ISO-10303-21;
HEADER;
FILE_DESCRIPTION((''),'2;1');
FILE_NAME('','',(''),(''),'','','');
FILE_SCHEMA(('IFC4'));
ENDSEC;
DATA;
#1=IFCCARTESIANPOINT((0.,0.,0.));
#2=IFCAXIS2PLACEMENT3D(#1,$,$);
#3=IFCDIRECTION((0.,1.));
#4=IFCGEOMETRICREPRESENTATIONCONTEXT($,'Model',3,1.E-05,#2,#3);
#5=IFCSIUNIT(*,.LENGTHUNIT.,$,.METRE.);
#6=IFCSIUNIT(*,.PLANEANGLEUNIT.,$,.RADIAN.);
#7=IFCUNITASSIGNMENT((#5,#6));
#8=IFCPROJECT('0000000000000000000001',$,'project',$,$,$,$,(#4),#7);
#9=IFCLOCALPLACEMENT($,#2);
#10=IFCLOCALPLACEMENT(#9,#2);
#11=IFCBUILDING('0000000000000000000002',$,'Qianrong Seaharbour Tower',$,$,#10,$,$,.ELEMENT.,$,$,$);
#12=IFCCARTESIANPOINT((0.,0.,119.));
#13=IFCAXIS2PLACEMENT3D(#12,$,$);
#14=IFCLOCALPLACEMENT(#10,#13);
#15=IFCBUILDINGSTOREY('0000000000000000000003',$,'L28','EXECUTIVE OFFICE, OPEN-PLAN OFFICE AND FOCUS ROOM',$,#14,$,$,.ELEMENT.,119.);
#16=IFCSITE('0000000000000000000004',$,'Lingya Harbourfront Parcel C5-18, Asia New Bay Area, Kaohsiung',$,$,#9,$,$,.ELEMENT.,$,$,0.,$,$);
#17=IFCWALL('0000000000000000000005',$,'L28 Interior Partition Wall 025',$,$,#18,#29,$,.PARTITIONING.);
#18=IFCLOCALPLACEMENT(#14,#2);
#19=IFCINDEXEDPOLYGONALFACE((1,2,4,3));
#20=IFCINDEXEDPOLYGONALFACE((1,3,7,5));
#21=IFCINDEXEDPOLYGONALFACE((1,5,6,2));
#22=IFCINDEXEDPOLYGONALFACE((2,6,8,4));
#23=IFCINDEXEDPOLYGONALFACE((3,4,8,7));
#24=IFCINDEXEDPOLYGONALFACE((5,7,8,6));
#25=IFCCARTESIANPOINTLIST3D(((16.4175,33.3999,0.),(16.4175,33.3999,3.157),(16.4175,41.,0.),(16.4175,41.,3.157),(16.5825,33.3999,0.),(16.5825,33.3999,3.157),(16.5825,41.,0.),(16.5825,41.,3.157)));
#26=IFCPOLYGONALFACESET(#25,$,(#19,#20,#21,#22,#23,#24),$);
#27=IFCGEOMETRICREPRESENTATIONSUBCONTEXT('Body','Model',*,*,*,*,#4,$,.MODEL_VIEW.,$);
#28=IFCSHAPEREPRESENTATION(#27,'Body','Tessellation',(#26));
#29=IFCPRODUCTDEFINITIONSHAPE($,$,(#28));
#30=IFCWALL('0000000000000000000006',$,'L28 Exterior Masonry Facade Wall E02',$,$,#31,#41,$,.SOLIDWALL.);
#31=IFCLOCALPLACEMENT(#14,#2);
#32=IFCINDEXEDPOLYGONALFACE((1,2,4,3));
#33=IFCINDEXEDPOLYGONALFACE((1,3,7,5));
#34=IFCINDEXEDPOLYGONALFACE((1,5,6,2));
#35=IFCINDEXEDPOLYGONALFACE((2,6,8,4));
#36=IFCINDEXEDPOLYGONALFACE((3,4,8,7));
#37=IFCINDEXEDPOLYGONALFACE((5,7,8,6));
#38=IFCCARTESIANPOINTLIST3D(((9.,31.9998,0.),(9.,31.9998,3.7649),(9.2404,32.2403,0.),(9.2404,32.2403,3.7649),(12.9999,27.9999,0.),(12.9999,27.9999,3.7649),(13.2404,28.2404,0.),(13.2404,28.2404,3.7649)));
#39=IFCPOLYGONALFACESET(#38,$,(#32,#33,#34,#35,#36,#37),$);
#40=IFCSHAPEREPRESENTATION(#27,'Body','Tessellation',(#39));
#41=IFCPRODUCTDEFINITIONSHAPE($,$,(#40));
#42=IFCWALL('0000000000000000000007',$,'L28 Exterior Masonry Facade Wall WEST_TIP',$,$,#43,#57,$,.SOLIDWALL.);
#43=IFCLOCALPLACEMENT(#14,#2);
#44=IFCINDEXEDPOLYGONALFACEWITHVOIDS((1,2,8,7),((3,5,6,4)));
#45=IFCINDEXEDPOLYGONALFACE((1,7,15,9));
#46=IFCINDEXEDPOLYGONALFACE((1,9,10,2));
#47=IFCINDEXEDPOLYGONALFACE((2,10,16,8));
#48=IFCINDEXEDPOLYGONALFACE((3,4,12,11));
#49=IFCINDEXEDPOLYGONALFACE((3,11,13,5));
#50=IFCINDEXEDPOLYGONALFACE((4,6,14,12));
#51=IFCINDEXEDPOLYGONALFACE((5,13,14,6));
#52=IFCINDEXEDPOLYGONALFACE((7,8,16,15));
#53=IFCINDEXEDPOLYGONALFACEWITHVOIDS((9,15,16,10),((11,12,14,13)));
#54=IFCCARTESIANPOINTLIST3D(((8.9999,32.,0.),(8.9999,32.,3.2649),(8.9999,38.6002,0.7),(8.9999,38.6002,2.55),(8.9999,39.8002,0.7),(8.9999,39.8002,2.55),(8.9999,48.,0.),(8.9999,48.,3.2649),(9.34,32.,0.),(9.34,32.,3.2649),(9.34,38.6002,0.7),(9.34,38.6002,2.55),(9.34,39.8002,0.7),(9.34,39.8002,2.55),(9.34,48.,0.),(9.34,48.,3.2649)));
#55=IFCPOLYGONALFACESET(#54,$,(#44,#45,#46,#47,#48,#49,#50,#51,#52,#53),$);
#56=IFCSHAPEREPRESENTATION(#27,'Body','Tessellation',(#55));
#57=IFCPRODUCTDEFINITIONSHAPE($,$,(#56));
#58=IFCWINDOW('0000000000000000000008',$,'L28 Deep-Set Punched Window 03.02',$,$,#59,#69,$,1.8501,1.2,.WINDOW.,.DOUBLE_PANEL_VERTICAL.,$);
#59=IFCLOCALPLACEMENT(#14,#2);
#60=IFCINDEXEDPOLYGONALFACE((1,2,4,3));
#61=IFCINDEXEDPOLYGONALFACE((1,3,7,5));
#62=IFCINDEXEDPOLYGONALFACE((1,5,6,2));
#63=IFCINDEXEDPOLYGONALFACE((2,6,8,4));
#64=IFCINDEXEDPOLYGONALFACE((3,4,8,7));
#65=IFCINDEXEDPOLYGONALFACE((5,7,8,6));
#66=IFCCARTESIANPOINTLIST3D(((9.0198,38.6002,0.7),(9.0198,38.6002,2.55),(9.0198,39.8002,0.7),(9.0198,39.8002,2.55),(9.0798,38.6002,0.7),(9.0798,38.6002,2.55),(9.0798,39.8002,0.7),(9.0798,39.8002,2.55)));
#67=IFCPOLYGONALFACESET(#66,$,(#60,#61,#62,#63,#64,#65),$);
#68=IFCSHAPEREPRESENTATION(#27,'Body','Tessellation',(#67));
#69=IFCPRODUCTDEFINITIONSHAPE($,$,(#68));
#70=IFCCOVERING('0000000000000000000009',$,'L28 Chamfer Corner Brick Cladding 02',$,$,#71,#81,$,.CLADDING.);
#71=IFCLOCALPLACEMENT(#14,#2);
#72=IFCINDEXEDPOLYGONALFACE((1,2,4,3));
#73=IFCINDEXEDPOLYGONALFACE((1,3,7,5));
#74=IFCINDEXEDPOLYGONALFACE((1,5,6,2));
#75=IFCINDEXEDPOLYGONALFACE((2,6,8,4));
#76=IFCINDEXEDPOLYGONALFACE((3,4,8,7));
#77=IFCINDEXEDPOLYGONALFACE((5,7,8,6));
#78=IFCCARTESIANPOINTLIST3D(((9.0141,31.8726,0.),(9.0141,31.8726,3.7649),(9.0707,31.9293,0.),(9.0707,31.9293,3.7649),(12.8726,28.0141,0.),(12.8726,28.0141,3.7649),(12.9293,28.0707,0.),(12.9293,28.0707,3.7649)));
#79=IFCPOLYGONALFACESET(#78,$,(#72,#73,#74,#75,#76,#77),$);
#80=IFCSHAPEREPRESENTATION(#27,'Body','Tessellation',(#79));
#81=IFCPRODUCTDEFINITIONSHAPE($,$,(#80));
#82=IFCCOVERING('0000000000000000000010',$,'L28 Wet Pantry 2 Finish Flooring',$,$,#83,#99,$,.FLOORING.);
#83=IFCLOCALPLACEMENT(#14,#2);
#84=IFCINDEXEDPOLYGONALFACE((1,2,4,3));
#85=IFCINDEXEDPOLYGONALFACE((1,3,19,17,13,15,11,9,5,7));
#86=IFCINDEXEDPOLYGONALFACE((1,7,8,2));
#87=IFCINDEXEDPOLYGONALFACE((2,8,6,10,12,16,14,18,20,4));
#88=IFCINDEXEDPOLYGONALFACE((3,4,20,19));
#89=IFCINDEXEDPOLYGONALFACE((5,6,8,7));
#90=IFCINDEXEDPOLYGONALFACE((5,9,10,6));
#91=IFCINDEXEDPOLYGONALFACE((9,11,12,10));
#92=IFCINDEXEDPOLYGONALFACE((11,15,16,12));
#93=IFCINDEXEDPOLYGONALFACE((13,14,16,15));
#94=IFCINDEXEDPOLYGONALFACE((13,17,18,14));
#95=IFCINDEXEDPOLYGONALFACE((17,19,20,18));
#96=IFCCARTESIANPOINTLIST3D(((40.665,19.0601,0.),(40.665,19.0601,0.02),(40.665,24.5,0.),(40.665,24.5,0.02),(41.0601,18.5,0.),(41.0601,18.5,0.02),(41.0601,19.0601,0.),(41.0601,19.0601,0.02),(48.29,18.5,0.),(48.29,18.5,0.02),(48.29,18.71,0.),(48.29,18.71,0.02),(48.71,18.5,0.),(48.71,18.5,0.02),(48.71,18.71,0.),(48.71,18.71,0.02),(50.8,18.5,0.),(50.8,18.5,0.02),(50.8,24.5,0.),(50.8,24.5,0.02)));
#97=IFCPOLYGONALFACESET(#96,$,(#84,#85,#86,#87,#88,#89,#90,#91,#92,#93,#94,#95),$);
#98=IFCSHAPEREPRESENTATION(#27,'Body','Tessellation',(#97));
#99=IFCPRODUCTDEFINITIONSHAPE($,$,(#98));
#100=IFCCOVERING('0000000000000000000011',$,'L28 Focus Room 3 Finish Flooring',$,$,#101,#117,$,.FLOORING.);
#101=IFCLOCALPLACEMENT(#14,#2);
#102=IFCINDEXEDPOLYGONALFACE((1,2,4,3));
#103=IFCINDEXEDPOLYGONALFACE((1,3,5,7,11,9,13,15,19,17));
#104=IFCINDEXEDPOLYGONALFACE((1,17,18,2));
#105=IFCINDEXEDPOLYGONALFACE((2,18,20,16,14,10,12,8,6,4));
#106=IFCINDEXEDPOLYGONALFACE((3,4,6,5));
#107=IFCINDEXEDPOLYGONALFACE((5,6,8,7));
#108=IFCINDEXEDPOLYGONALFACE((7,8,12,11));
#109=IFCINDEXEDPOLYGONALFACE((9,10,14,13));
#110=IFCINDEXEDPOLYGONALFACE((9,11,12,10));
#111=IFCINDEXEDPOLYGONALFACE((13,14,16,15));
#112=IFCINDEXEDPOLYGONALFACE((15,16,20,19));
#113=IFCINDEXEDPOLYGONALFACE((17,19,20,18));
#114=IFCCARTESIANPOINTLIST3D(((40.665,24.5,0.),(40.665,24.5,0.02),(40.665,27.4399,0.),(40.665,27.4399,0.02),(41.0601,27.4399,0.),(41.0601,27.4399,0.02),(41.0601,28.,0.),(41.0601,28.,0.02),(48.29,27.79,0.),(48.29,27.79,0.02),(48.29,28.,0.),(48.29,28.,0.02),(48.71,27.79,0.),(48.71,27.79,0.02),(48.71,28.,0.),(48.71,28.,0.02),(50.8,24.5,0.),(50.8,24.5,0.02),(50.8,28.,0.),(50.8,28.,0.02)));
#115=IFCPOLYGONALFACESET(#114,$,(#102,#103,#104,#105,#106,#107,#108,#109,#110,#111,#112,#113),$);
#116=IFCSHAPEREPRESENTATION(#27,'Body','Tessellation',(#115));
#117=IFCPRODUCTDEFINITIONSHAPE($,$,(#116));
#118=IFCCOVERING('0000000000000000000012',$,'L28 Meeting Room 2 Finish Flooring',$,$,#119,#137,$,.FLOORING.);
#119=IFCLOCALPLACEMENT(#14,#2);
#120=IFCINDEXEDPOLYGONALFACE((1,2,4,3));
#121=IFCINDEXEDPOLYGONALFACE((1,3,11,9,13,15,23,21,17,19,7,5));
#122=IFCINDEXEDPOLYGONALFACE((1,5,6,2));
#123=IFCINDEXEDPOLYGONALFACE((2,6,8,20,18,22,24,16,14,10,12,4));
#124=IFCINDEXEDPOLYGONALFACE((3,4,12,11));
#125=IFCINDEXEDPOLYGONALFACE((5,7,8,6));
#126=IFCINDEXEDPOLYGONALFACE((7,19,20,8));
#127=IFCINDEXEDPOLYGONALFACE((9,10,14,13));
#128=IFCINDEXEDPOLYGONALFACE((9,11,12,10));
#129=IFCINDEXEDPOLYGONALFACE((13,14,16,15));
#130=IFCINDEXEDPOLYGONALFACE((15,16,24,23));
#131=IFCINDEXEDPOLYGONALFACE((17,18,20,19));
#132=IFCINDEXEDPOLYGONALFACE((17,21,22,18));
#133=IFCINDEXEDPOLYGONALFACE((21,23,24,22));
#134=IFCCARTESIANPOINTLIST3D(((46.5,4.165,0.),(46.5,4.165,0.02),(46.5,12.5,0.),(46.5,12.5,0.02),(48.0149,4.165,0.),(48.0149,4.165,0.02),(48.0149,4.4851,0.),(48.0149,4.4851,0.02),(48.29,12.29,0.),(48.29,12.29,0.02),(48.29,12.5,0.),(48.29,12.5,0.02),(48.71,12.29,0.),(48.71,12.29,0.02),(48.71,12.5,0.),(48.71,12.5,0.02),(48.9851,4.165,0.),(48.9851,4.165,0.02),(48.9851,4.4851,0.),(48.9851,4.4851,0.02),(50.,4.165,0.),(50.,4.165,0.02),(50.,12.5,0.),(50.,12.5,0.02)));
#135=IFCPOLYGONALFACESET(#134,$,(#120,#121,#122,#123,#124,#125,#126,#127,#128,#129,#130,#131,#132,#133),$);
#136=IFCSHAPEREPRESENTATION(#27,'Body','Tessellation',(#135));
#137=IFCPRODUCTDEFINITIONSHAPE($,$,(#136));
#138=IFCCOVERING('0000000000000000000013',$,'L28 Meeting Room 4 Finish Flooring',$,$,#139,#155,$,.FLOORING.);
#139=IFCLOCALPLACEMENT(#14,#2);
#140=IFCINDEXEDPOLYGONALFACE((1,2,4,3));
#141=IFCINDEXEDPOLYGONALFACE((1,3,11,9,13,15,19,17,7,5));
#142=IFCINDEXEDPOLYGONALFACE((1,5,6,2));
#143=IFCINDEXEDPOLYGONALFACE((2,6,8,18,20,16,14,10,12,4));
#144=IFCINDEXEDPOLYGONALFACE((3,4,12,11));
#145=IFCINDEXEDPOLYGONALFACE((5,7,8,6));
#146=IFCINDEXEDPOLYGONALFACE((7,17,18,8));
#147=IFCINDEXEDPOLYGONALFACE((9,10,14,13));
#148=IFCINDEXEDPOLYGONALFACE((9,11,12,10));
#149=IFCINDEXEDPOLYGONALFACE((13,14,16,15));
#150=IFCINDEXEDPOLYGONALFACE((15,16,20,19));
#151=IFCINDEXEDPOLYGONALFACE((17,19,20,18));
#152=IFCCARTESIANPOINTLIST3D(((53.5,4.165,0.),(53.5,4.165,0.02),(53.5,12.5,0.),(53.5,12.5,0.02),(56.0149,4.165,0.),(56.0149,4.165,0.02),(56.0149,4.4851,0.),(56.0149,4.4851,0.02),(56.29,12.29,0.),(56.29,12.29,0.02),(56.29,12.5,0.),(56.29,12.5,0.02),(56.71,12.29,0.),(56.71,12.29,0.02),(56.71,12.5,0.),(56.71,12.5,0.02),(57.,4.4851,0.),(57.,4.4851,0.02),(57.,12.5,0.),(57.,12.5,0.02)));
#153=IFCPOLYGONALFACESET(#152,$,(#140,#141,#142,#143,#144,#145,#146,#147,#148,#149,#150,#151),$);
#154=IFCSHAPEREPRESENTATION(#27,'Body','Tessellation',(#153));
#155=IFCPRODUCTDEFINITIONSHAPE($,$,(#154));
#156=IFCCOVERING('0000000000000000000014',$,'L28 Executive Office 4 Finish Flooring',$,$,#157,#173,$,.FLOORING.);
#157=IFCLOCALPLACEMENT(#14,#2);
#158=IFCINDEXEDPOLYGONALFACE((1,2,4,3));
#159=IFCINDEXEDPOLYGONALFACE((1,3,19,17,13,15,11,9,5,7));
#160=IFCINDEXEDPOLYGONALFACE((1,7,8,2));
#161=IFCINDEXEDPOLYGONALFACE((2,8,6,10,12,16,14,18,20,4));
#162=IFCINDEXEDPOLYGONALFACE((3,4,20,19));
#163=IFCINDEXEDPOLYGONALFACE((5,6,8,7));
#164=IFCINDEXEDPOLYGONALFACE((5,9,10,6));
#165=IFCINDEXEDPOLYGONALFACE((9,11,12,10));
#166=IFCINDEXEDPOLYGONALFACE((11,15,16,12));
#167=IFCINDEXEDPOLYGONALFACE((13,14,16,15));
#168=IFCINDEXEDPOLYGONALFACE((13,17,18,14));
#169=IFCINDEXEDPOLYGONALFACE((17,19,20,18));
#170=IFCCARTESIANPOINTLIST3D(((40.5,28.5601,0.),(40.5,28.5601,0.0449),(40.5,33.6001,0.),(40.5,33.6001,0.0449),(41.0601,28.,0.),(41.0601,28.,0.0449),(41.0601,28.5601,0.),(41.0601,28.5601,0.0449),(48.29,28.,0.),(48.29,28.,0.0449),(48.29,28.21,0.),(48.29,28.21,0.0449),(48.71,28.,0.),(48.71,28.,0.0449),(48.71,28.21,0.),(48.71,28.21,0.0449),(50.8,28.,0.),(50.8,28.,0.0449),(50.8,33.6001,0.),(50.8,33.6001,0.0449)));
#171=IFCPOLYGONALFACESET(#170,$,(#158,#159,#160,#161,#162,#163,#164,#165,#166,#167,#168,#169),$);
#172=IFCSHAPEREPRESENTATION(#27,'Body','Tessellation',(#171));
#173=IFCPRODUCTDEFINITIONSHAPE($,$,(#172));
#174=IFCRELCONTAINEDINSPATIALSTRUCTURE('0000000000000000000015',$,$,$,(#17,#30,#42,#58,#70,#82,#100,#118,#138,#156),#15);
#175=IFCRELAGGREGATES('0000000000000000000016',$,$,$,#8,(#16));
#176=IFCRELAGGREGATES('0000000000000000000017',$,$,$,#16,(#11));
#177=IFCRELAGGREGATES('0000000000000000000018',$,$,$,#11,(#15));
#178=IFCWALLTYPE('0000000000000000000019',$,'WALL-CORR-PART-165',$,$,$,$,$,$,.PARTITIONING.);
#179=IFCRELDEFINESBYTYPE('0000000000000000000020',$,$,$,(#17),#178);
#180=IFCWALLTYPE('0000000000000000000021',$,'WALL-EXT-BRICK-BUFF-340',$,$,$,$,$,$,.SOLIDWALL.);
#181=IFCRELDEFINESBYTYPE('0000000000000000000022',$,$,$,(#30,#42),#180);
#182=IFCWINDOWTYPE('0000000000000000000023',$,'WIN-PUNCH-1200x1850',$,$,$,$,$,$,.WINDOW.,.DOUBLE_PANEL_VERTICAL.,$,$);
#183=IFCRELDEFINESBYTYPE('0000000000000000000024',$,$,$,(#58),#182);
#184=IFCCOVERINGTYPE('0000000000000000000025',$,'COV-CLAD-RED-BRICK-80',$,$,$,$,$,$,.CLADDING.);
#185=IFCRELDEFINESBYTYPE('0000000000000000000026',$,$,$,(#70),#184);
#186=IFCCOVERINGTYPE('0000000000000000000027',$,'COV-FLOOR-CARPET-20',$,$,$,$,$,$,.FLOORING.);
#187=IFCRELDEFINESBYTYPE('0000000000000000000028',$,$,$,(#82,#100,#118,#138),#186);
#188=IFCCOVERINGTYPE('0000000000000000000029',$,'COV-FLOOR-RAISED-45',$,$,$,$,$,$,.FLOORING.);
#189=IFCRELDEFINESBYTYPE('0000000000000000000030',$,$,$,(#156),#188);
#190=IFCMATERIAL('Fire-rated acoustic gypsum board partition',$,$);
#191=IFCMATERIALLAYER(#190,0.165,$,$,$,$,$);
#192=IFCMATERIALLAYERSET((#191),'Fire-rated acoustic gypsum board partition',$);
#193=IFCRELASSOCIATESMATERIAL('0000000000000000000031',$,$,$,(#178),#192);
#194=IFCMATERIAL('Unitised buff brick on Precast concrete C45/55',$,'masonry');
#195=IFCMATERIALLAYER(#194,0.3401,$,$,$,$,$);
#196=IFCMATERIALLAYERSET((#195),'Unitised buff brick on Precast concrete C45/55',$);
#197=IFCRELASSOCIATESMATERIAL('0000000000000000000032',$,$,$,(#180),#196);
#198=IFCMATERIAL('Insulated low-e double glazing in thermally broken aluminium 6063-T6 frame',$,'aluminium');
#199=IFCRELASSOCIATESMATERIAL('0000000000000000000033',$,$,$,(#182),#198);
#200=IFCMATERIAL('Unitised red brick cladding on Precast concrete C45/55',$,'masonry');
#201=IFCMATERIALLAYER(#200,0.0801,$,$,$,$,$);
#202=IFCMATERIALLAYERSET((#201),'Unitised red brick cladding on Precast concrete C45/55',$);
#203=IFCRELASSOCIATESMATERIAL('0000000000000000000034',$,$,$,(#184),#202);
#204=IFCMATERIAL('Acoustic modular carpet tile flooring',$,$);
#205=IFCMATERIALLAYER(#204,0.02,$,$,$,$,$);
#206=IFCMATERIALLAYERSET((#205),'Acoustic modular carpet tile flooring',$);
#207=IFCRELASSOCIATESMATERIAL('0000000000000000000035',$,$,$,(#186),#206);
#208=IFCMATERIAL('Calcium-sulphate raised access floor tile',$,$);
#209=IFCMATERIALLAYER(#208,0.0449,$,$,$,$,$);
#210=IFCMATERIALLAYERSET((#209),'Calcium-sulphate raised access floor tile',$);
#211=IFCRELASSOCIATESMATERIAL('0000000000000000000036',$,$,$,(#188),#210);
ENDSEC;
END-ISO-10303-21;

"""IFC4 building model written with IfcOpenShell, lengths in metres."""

from ifc_helpers import new_model, si_unit, direction, frame, frame_2d, origin, origin_2d, place, context, subcontext, project, spatial, polyline, rectangle, outline, extrude, material, layer, layer_set, type_object, element, fill, save


model = new_model("IFC4")

# Units and contexts
model_context = context("Model", 3, precision=1e-05, world=origin(), true_north=direction((0.0, 1.0)))
body_context = subcontext(model_context, "Body", "Model", "MODEL_VIEW")
ifc_project = project(units=[si_unit("LENGTHUNIT", "METRE"), si_unit("PLANEANGLEUNIT", "RADIAN")], contexts=[model_context])

# Site, building, storey
site_placement = place(None, origin())
site = spatial("IfcSite", under=ifc_project, at=site_placement, Name="Lingya Harbourfront Parcel C5-18, Asia New Bay Area, Kaohsiung", CompositionType="ELEMENT", RefElevation=0.0)
building_placement = place(site_placement, origin())
building = spatial("IfcBuilding", under=site, at=building_placement, Name="Qianrong Seaharbour Tower", CompositionType="ELEMENT")
storey_placement = place(building_placement, frame((0.0, 0.0, 119.0)))
storey = spatial("IfcBuildingStorey", under=building, at=storey_placement, Name="L28", Description="EXECUTIVE OFFICE, OPEN-PLAN OFFICE AND FOCUS ROOM", CompositionType="ELEMENT", Elevation=119.0)

# Walls
ifc_material_1 = material(Name="Fire-rated acoustic gypsum board partition")
ifc_layer_1 = layer(ifc_material_1, 0.165)
ifc_layer_set_1 = layer_set([ifc_layer_1], Name="Fire-rated acoustic gypsum board partition")
wall_type_1 = type_object("IfcWallType", Name="WALL-CORR-PART-165", PredefinedType="PARTITIONING", material=ifc_layer_set_1)
wall_1_placement = place(storey_placement, frame((16.5, 33.3999, 0.0), z_axis=(0.0, 0.0, 1.0), x_axis=(0.0, 1.0, 0.0)))
element("IfcWall", 1, at=wall_1_placement, inside=storey, type_object=wall_type_1, Name="L28 Interior Partition Wall 025", PredefinedType="PARTITIONING", context=body_context, shape_type="SweptSolid", body=[
    extrude(rectangle(XDim=7.6001, YDim=0.165, at=frame_2d((3.8, 0.0))), origin(), (0.0, 0.0, 1.0), 3.157),
])
ifc_material_2 = material(Name="Unitised buff brick on Precast concrete C45/55", Category="masonry")
ifc_layer_2 = layer(ifc_material_2, 0.3401)
ifc_layer_set_2 = layer_set([ifc_layer_2], Name="Unitised buff brick on Precast concrete C45/55")
wall_type_2 = type_object("IfcWallType", Name="WALL-EXT-BRICK-BUFF-340", PredefinedType="SOLIDWALL", material=ifc_layer_set_2)
wall_2_placement = place(storey_placement, frame((13.1201, 28.1201, 0.0), z_axis=(0.0, 0.0, 1.0), x_axis=(-0.707107, 0.707107, 0.0)))
element("IfcWall", 2, at=wall_2_placement, inside=storey, type_object=wall_type_2, Name="L28 Exterior Masonry Facade Wall E02", PredefinedType="SOLIDWALL", context=body_context, shape_type="SweptSolid", body=[
    extrude(rectangle(XDim=5.6567, YDim=0.3401, at=frame_2d((2.8284, 0.0))), origin(), (0.0, 0.0, 1.0), 3.7649),
])

# Wall, opening, window
wall_3_placement = place(storey_placement, frame((9.1699, 32.0, 0.0), z_axis=(0.0, 0.0, 1.0), x_axis=(0.0, 1.0, 0.0)))
wall_3 = element("IfcWall", 3, at=wall_3_placement, inside=storey, type_object=wall_type_2, Name="L28 Exterior Masonry Facade Wall WEST_TIP", PredefinedType="SOLIDWALL", context=body_context, shape_type="SweptSolid", body=[
    extrude(rectangle(XDim=16.0, YDim=0.3401, at=frame_2d((8.0, 0.0))), origin(), (0.0, 0.0, 1.0), 3.2649),
])
opening_placement = place(wall_3_placement, frame((6.6001, 0.0, 0.7)))
opening = element("IfcOpeningElement", 4, at=opening_placement, cuts=wall_3, PredefinedType="OPENING", context=body_context, shape_type="SweptSolid", body=[
    extrude(rectangle(XDim=1.2, YDim=1.8501, at=frame_2d((0.6001, 0.925))), frame((0.0, 0.1802, 0.0), z_axis=(0.0, -1.0, 0.0), x_axis=(1.0, 0.0, 0.0)), (0.0, 0.0, 1.0), 0.3601),
])
ifc_material_3 = material(Name="Insulated low-e double glazing in thermally broken aluminium 6063-T6 frame", Category="aluminium")
window_type = type_object("IfcWindowType", Name="WIN-PUNCH-1200x1850", PartitioningType="DOUBLE_PANEL_VERTICAL", PredefinedType="WINDOW", material=ifc_material_3)
window_placement = place(opening_placement, origin())
window = element("IfcWindow", 5, at=window_placement, inside=storey, type_object=window_type, Name="L28 Deep-Set Punched Window 03.02", OverallHeight=1.8501, OverallWidth=1.2, PartitioningType="DOUBLE_PANEL_VERTICAL", PredefinedType="WINDOW", context=body_context, shape_type="SweptSolid", body=[
    extrude(rectangle(XDim=1.2, YDim=1.8501, at=frame_2d((0.6001, 0.925))), frame((0.0, 0.1501, 0.0), z_axis=(0.0, -1.0, 0.0), x_axis=(1.0, 0.0, 0.0)), (0.0, 0.0, 1.0), 0.0601),
])
fill(opening, window)

# Coverings
ifc_material_4 = material(Name="Unitised red brick cladding on Precast concrete C45/55", Category="masonry")
ifc_layer_3 = layer(ifc_material_4, 0.0801)
ifc_layer_set_3 = layer_set([ifc_layer_3], Name="Unitised red brick cladding on Precast concrete C45/55")
covering_type_1 = type_object("IfcCoveringType", Name="COV-CLAD-RED-BRICK-80", PredefinedType="CLADDING", material=ifc_layer_set_3)
covering_1_placement = place(storey_placement, frame((10.9717, 29.9717, 0.0), z_axis=(0.0, 0.0, 1.0), x_axis=(-0.707107, 0.707107, 0.0)))
element("IfcCovering", 6, at=covering_1_placement, inside=storey, type_object=covering_type_1, Name="L28 Chamfer Corner Brick Cladding 02", PredefinedType="CLADDING", context=body_context, shape_type="SweptSolid", body=[
    extrude(rectangle(XDim=5.4568, YDim=0.0801, at=origin_2d()), origin(), (0.0, 0.0, 1.0), 3.7649),
])
ifc_material_5 = material(Name="Acoustic modular carpet tile flooring")
ifc_layer_4 = layer(ifc_material_5, 0.02)
ifc_layer_set_4 = layer_set([ifc_layer_4], Name="Acoustic modular carpet tile flooring")
covering_type_2 = type_object("IfcCoveringType", Name="COV-FLOOR-CARPET-20", PredefinedType="FLOORING", material=ifc_layer_set_4)
covering_2_placement = place(storey_placement, origin())
element("IfcCovering", 7, at=covering_2_placement, inside=storey, type_object=covering_type_2, Name="L28 Wet Pantry 2 Finish Flooring", PredefinedType="FLOORING", context=body_context, shape_type="SweptSolid", body=[
    extrude(outline(polyline([(48.71, 18.5), (48.71, 18.71), (48.29, 18.71), (48.29, 18.5), (41.0601, 18.5), (41.0601, 19.0601), (40.665, 19.0601), (40.665, 24.5), (50.8, 24.5), (50.8, 18.5), (48.71, 18.5)])), origin(), (0.0, 0.0, 1.0), 0.02),
])
covering_3_placement = place(storey_placement, origin())
element("IfcCovering", 8, at=covering_3_placement, inside=storey, type_object=covering_type_2, Name="L28 Focus Room 3 Finish Flooring", PredefinedType="FLOORING", context=body_context, shape_type="SweptSolid", body=[
    extrude(outline(polyline([(40.665, 24.5), (40.665, 27.4399), (41.0601, 27.4399), (41.0601, 28.0), (48.29, 28.0), (48.29, 27.79), (48.71, 27.79), (48.71, 28.0), (50.8, 28.0), (50.8, 24.5), (40.665, 24.5)])), origin(), (0.0, 0.0, 1.0), 0.02),
])
covering_4_placement = place(storey_placement, origin())
element("IfcCovering", 9, at=covering_4_placement, inside=storey, type_object=covering_type_2, Name="L28 Meeting Room 2 Finish Flooring", PredefinedType="FLOORING", context=body_context, shape_type="SweptSolid", body=[
    extrude(outline(polyline([(50.0, 4.165), (48.9851, 4.165), (48.9851, 4.4851), (48.0149, 4.4851), (48.0149, 4.165), (46.5, 4.165), (46.5, 12.5), (48.29, 12.5), (48.29, 12.29), (48.71, 12.29), (48.71, 12.5), (50.0, 12.5), (50.0, 4.165)])), origin(), (0.0, 0.0, 1.0), 0.02),
])
covering_5_placement = place(storey_placement, origin())
element("IfcCovering", 10, at=covering_5_placement, inside=storey, type_object=covering_type_2, Name="L28 Meeting Room 4 Finish Flooring", PredefinedType="FLOORING", context=body_context, shape_type="SweptSolid", body=[
    extrude(outline(polyline([(57.0, 4.4851), (56.0149, 4.4851), (56.0149, 4.165), (53.5, 4.165), (53.5, 12.5), (56.29, 12.5), (56.29, 12.29), (56.71, 12.29), (56.71, 12.5), (57.0, 12.5), (57.0, 4.4851)])), origin(), (0.0, 0.0, 1.0), 0.02),
])
ifc_material_6 = material(Name="Calcium-sulphate raised access floor tile")
ifc_layer_5 = layer(ifc_material_6, 0.0449)
ifc_layer_set_5 = layer_set([ifc_layer_5], Name="Calcium-sulphate raised access floor tile")
covering_type_3 = type_object("IfcCoveringType", Name="COV-FLOOR-RAISED-45", PredefinedType="FLOORING", material=ifc_layer_set_5)
covering_6_placement = place(storey_placement, origin())
element("IfcCovering", 11, at=covering_6_placement, inside=storey, type_object=covering_type_3, Name="L28 Executive Office 4 Finish Flooring", PredefinedType="FLOORING", context=body_context, shape_type="SweptSolid", body=[
    extrude(outline(polyline([(50.8, 28.0), (48.71, 28.0), (48.71, 28.21), (48.29, 28.21), (48.29, 28.0), (41.0601, 28.0), (41.0601, 28.5601), (40.5, 28.5601), (40.5, 33.6001), (50.8, 33.6001), (50.8, 28.0)])), origin(), (0.0, 0.0, 1.0), 0.0449),
])

save(model, "model.ifc")
